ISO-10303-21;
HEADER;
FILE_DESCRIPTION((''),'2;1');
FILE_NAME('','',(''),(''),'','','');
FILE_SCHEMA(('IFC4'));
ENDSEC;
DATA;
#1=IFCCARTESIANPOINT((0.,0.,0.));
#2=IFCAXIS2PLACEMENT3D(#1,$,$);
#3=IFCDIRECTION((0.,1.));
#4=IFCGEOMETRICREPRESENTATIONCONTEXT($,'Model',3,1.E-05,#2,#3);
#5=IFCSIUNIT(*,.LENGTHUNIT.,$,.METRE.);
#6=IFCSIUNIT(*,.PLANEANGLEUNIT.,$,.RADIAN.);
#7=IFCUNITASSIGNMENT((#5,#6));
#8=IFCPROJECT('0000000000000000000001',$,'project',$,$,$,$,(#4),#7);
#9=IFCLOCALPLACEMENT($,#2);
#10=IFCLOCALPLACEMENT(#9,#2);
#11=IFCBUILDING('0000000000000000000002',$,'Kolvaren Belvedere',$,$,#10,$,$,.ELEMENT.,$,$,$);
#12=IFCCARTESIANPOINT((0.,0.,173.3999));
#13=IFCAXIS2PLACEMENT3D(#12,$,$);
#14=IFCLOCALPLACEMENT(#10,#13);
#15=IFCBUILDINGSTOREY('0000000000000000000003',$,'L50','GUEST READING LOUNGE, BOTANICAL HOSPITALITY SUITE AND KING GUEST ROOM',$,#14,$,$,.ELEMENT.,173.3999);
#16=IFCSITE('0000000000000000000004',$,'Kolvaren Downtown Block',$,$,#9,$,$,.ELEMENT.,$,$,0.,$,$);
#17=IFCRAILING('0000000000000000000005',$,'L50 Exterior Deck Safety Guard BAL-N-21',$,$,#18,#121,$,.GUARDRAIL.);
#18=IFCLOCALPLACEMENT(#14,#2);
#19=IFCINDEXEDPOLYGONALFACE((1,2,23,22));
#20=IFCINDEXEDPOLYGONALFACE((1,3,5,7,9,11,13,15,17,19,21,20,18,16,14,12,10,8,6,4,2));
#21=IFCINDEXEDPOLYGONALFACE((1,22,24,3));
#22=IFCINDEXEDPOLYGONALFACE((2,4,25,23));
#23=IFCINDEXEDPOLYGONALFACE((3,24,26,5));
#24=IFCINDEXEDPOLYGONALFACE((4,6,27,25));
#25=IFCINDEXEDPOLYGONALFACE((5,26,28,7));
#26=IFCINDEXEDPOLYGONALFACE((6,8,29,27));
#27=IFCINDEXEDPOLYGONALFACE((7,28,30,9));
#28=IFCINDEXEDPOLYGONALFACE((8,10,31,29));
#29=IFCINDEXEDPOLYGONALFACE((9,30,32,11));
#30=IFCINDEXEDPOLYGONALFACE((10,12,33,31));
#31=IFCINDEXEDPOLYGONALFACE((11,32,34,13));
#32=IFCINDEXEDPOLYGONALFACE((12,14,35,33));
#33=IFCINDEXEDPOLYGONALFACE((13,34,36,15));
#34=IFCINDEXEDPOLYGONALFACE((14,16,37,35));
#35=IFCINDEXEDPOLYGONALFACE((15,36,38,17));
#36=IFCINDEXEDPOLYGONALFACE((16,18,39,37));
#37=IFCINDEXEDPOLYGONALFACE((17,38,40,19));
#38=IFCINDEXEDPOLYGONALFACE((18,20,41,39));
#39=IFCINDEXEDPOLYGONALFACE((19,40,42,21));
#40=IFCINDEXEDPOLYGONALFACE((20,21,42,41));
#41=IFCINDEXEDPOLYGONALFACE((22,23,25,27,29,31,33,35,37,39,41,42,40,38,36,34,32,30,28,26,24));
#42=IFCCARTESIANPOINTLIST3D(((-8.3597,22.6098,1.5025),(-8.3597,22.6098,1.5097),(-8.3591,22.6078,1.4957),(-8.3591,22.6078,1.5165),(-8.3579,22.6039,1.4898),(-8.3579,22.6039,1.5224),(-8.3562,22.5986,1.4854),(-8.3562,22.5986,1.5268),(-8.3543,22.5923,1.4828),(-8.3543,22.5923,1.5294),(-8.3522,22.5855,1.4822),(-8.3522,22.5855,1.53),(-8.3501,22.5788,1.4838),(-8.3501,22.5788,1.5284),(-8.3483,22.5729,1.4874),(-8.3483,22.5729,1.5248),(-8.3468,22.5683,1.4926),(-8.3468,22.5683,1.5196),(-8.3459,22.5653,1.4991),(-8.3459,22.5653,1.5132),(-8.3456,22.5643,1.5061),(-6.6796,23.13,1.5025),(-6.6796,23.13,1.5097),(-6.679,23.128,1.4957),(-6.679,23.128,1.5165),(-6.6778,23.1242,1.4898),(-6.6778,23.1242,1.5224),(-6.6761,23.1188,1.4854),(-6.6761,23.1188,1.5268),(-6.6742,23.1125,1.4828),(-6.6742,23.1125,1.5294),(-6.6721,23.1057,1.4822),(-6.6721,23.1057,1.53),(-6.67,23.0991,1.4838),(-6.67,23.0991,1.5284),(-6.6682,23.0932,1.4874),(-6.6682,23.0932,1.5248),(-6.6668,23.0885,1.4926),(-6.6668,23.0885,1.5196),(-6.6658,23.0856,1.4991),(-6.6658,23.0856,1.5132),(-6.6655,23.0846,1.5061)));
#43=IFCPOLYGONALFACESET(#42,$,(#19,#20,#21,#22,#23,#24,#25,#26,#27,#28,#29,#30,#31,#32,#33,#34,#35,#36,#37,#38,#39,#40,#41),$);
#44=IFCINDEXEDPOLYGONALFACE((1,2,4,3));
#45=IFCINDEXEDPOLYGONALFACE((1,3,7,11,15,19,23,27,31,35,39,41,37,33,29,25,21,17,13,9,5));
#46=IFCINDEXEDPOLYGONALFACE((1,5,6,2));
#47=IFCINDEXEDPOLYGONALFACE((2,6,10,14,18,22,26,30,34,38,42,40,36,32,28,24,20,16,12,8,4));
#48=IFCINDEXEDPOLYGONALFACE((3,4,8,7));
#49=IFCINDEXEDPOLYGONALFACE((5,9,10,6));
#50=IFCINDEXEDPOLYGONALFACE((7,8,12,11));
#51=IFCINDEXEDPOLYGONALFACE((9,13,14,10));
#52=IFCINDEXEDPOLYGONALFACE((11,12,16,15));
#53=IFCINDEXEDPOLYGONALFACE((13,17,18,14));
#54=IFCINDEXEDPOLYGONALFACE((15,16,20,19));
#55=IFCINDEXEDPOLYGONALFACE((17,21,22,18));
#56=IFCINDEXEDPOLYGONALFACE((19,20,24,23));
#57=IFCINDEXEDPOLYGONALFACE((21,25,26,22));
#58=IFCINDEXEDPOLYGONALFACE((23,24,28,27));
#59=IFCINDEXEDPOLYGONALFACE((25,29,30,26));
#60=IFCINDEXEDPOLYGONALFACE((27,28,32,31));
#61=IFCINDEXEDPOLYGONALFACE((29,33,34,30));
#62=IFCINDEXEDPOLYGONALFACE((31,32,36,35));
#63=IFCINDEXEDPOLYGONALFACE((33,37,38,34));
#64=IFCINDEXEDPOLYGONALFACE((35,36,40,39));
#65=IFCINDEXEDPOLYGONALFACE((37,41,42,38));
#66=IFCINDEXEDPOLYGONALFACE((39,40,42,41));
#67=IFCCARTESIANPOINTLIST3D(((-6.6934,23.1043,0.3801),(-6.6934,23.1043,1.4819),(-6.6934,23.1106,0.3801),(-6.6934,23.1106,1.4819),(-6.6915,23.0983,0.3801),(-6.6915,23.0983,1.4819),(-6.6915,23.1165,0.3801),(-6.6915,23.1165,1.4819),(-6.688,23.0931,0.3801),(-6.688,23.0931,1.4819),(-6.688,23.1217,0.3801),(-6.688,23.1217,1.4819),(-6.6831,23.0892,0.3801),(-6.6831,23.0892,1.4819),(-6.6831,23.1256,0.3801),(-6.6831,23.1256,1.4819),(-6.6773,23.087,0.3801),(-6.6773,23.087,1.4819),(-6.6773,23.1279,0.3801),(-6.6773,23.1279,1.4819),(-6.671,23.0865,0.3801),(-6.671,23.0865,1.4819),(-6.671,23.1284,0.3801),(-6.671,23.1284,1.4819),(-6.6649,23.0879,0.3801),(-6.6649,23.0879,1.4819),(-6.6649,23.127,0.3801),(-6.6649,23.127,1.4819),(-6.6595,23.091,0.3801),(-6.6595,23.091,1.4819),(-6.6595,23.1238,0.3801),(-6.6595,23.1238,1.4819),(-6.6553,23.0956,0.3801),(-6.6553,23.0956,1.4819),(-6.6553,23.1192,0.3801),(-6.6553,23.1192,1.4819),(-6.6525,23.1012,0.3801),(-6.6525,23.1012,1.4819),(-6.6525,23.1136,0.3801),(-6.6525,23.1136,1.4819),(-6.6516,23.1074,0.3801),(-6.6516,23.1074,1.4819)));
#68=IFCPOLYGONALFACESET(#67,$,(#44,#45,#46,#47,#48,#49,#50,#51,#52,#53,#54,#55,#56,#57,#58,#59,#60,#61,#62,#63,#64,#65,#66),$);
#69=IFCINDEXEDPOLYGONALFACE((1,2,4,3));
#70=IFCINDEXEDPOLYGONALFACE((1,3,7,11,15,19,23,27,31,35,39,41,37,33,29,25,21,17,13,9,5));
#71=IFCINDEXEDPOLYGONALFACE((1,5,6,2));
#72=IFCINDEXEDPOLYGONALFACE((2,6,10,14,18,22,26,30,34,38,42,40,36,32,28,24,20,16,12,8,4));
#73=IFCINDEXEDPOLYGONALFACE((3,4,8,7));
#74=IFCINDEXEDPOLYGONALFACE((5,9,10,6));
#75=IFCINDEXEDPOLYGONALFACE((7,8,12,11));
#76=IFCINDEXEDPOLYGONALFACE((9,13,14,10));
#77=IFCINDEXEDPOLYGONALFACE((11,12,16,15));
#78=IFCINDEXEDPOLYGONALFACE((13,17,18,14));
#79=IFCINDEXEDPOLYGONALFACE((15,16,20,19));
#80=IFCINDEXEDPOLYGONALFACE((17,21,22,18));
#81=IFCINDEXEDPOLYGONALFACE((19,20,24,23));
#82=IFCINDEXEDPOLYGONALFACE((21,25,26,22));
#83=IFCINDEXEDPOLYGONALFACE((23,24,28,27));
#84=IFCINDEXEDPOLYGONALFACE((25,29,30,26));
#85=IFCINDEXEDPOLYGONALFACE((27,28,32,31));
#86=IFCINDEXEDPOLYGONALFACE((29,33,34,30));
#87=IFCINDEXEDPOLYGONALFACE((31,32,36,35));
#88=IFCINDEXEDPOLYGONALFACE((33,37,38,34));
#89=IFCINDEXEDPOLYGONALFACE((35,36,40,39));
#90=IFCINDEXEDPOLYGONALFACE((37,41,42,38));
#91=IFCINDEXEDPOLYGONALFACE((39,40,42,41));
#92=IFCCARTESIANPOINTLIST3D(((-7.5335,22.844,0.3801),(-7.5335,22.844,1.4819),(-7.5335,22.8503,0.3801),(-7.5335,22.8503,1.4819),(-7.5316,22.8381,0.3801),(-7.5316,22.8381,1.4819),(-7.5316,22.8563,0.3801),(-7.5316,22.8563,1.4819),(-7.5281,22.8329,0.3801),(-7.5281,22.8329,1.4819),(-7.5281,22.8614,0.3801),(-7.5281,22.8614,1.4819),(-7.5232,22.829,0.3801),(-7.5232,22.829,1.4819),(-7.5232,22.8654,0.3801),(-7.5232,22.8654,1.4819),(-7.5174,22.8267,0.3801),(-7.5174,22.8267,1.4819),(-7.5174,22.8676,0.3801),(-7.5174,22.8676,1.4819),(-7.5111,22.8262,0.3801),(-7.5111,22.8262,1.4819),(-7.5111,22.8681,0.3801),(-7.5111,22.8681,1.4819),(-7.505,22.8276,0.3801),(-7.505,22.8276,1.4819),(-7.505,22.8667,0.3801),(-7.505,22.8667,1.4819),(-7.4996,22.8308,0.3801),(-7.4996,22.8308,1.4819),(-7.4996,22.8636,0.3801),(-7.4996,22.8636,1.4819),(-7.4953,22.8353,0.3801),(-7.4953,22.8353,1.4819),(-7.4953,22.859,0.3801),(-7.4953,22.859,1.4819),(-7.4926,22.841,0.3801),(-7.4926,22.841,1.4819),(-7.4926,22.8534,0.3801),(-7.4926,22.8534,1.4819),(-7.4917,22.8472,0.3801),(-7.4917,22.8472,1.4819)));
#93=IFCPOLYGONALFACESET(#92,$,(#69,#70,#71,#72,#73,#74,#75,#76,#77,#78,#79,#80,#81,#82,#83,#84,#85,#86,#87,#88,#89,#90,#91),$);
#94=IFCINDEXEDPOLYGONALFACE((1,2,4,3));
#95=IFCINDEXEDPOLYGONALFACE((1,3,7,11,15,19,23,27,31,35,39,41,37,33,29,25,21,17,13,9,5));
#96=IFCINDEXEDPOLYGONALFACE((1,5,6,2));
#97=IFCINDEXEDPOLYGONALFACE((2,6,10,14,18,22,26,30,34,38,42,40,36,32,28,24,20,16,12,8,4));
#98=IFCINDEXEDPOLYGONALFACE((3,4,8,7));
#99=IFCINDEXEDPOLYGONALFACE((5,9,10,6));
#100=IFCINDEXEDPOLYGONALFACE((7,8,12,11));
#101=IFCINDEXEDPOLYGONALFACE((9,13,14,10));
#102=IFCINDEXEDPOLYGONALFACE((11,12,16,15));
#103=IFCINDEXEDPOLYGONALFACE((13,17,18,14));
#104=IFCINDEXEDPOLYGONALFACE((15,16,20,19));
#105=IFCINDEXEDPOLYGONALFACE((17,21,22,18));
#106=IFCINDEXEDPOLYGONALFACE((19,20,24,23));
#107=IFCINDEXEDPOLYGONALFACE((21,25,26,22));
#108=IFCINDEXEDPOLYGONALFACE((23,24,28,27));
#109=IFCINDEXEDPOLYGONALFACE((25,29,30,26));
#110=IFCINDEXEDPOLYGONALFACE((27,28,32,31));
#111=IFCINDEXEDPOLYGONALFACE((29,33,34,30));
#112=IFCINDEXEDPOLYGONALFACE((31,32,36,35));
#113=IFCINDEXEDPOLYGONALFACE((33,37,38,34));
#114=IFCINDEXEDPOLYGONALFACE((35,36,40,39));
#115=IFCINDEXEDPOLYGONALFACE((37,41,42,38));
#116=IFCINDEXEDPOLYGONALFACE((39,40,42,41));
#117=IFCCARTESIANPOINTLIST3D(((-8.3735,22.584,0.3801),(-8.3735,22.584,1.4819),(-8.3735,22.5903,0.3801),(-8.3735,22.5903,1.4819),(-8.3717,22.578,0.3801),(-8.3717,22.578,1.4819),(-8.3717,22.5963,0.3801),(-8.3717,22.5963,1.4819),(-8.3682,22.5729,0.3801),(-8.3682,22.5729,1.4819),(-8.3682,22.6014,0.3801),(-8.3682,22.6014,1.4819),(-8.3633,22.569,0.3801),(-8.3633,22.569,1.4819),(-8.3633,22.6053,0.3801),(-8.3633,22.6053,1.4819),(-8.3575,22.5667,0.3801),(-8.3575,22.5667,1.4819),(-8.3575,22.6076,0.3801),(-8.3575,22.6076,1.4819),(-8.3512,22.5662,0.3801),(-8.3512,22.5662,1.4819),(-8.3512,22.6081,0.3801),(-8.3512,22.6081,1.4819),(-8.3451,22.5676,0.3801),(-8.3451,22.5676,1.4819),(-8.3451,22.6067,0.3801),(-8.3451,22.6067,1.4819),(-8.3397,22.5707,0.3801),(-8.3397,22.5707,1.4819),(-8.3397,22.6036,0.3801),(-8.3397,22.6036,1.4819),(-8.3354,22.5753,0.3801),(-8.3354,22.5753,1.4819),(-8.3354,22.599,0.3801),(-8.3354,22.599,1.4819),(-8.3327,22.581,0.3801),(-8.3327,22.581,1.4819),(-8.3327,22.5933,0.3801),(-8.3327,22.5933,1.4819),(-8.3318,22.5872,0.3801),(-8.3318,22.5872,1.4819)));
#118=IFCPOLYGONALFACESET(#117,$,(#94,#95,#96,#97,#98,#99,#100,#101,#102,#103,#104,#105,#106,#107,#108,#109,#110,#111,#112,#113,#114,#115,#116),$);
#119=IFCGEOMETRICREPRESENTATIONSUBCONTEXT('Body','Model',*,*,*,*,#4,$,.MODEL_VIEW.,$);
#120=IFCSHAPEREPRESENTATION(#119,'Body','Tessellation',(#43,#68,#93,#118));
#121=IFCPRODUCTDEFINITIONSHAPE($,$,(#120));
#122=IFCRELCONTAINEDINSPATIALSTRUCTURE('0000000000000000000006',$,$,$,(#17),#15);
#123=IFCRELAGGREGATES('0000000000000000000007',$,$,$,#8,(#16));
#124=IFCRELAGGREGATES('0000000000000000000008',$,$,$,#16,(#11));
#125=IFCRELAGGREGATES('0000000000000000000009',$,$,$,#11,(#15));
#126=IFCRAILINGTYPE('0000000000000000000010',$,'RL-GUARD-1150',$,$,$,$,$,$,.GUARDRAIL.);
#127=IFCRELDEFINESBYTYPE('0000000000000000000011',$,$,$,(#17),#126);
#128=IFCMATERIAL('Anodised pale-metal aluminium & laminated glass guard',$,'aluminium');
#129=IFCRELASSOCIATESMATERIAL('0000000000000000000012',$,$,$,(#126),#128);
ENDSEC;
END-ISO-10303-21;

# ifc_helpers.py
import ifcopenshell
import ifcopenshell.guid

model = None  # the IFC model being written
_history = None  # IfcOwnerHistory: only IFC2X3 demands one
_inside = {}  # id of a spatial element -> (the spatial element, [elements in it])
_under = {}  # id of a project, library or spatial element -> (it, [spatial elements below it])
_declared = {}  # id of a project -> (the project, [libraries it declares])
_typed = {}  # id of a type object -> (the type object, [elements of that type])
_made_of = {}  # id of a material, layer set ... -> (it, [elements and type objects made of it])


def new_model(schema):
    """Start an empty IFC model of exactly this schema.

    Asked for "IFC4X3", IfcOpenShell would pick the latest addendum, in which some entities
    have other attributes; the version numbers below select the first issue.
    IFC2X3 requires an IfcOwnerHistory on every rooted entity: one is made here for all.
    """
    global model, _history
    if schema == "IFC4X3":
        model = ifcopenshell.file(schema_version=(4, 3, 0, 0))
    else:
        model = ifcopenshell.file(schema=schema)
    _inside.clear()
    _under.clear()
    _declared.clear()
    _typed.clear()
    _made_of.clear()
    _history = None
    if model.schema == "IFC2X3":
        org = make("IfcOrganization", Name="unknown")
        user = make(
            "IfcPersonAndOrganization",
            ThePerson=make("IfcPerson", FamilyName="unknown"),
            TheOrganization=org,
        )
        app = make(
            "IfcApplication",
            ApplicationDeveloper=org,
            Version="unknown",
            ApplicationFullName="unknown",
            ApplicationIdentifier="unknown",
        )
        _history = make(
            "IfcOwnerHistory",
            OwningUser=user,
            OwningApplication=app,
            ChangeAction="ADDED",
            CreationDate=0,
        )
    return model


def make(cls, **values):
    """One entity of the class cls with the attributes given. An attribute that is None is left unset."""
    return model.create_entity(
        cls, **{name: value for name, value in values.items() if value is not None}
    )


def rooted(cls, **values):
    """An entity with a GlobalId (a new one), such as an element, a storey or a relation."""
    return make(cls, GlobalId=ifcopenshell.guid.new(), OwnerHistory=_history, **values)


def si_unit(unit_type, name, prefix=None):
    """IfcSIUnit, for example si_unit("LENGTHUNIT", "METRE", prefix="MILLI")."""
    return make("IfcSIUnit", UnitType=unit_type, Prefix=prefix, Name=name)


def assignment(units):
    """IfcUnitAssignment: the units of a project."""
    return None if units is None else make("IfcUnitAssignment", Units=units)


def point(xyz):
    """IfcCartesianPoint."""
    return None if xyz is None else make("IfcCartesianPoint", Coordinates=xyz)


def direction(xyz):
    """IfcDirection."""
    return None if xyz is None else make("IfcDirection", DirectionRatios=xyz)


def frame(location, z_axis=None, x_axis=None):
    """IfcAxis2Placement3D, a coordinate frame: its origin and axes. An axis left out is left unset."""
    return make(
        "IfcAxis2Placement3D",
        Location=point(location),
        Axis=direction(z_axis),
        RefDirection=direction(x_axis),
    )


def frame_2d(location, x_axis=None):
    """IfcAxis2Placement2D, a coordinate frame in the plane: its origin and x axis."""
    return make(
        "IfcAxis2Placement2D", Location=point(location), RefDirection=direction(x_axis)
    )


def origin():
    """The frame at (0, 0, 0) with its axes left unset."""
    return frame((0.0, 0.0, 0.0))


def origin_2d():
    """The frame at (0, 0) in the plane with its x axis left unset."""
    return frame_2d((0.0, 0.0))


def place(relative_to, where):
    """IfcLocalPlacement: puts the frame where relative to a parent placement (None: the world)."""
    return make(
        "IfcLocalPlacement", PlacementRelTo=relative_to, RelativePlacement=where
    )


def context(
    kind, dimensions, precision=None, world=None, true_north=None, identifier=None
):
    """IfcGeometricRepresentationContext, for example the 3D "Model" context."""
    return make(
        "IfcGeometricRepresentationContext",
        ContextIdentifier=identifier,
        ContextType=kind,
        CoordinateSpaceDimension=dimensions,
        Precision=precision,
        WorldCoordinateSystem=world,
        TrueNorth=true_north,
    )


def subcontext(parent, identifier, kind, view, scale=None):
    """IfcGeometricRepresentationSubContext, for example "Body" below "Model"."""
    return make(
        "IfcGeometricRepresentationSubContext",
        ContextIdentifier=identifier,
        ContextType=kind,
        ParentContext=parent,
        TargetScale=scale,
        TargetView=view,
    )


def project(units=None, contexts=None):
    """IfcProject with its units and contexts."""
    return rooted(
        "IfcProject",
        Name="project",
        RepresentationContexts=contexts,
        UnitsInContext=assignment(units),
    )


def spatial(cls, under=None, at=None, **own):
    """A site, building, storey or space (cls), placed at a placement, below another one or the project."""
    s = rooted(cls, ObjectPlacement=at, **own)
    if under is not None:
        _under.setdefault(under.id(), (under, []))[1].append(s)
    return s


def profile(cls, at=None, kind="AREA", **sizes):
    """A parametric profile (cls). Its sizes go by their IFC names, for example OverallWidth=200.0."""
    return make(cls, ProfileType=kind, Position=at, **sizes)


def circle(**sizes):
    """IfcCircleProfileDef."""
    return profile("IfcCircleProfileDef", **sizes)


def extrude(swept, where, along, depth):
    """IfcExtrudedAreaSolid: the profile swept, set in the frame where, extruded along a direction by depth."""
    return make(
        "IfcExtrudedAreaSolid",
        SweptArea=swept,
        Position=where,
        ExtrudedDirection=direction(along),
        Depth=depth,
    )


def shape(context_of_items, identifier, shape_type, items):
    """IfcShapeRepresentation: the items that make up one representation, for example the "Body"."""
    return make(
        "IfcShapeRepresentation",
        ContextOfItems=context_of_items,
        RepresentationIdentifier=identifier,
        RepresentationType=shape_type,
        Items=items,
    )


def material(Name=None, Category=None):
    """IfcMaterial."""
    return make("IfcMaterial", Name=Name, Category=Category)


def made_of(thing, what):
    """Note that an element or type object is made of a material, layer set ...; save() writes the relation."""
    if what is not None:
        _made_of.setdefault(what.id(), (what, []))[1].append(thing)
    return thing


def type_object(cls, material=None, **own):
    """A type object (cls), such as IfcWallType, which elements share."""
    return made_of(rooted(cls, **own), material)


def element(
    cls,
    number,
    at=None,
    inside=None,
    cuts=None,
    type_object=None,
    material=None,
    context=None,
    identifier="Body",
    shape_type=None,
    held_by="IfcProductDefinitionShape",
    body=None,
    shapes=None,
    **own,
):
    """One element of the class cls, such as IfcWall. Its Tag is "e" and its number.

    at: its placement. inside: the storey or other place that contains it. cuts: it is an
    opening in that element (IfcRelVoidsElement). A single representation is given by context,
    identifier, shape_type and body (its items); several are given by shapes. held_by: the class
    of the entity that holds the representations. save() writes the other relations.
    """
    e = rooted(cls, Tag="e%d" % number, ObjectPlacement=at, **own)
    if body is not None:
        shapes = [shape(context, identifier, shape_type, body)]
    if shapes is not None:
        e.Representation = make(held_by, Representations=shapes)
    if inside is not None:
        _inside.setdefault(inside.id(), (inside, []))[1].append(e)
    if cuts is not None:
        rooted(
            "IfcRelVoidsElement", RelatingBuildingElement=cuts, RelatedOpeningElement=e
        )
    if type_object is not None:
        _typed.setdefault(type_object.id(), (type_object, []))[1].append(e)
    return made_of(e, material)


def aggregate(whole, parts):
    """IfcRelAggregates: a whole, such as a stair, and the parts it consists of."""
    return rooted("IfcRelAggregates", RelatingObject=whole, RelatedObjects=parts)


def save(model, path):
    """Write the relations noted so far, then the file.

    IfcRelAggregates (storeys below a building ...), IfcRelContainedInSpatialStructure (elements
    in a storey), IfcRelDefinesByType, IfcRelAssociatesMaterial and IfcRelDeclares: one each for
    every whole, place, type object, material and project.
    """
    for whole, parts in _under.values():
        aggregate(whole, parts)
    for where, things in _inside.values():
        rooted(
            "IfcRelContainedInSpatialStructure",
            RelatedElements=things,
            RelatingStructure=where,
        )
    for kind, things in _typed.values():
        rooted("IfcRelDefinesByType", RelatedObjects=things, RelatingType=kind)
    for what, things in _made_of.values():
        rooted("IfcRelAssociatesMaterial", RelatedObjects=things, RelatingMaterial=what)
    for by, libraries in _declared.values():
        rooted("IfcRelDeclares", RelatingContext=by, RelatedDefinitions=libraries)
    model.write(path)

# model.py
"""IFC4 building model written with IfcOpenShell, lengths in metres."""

from ifc_helpers import new_model, si_unit, direction, frame, origin, origin_2d, place, context, subcontext, project, spatial, circle, extrude, material, type_object, element, save


model = new_model("IFC4")

# Units and contexts
model_context = context("Model", 3, precision=1e-05, world=origin(), true_north=direction((0.0, 1.0)))
body_context = subcontext(model_context, "Body", "Model", "MODEL_VIEW")
ifc_project = project(units=[si_unit("LENGTHUNIT", "METRE"), si_unit("PLANEANGLEUNIT", "RADIAN")], contexts=[model_context])

# Site, building, storey
site_placement = place(None, origin())
site = spatial("IfcSite", under=ifc_project, at=site_placement, Name="Kolvaren Downtown Block", CompositionType="ELEMENT", RefElevation=0.0)
building_placement = place(site_placement, origin())
building = spatial("IfcBuilding", under=site, at=building_placement, Name="Kolvaren Belvedere", CompositionType="ELEMENT")
storey_placement = place(building_placement, frame((0.0, 0.0, 173.3999)))
storey = spatial("IfcBuildingStorey", under=building, at=storey_placement, Name="L50", Description="GUEST READING LOUNGE, BOTANICAL HOSPITALITY SUITE AND KING GUEST ROOM", CompositionType="ELEMENT", Elevation=173.3999)

# Railing
ifc_material_1 = material(Name="Anodised pale-metal aluminium & laminated glass guard", Category="aluminium")
railing_type = type_object("IfcRailingType", Name="RL-GUARD-1150", PredefinedType="GUARDRAIL", material=ifc_material_1)
railing_1_placement = place(storey_placement, frame((-6.6726, 23.1074, 0.3801)))
element("IfcRailing", 1, at=railing_1_placement, inside=storey, type_object=railing_type, Name="L50 Exterior Deck Safety Guard BAL-N-21", PredefinedType="GUARDRAIL", context=body_context, shape_type="SweptSolid", body=[
    extrude(circle(Radius=0.0239, at=origin_2d()), frame((0.0, 0.0, 1.126), z_axis=(-0.955252, -0.295792, 0.0), x_axis=(0.295792, -0.955252, 0.0)), (0.0, 0.0, 1.0), 1.7588),
    extrude(circle(Radius=0.021, at=origin_2d()), origin(), (0.0, 0.0, 1.0), 1.1018),
    extrude(circle(Radius=0.021, at=origin_2d()), frame((-0.8401, -0.2603, 0.0)), (0.0, 0.0, 1.0), 1.1018),
    extrude(circle(Radius=0.021, at=origin_2d()), frame((-1.6802, -0.5203, 0.0)), (0.0, 0.0, 1.0), 1.1018),
])

save(model, "model.ifc")
